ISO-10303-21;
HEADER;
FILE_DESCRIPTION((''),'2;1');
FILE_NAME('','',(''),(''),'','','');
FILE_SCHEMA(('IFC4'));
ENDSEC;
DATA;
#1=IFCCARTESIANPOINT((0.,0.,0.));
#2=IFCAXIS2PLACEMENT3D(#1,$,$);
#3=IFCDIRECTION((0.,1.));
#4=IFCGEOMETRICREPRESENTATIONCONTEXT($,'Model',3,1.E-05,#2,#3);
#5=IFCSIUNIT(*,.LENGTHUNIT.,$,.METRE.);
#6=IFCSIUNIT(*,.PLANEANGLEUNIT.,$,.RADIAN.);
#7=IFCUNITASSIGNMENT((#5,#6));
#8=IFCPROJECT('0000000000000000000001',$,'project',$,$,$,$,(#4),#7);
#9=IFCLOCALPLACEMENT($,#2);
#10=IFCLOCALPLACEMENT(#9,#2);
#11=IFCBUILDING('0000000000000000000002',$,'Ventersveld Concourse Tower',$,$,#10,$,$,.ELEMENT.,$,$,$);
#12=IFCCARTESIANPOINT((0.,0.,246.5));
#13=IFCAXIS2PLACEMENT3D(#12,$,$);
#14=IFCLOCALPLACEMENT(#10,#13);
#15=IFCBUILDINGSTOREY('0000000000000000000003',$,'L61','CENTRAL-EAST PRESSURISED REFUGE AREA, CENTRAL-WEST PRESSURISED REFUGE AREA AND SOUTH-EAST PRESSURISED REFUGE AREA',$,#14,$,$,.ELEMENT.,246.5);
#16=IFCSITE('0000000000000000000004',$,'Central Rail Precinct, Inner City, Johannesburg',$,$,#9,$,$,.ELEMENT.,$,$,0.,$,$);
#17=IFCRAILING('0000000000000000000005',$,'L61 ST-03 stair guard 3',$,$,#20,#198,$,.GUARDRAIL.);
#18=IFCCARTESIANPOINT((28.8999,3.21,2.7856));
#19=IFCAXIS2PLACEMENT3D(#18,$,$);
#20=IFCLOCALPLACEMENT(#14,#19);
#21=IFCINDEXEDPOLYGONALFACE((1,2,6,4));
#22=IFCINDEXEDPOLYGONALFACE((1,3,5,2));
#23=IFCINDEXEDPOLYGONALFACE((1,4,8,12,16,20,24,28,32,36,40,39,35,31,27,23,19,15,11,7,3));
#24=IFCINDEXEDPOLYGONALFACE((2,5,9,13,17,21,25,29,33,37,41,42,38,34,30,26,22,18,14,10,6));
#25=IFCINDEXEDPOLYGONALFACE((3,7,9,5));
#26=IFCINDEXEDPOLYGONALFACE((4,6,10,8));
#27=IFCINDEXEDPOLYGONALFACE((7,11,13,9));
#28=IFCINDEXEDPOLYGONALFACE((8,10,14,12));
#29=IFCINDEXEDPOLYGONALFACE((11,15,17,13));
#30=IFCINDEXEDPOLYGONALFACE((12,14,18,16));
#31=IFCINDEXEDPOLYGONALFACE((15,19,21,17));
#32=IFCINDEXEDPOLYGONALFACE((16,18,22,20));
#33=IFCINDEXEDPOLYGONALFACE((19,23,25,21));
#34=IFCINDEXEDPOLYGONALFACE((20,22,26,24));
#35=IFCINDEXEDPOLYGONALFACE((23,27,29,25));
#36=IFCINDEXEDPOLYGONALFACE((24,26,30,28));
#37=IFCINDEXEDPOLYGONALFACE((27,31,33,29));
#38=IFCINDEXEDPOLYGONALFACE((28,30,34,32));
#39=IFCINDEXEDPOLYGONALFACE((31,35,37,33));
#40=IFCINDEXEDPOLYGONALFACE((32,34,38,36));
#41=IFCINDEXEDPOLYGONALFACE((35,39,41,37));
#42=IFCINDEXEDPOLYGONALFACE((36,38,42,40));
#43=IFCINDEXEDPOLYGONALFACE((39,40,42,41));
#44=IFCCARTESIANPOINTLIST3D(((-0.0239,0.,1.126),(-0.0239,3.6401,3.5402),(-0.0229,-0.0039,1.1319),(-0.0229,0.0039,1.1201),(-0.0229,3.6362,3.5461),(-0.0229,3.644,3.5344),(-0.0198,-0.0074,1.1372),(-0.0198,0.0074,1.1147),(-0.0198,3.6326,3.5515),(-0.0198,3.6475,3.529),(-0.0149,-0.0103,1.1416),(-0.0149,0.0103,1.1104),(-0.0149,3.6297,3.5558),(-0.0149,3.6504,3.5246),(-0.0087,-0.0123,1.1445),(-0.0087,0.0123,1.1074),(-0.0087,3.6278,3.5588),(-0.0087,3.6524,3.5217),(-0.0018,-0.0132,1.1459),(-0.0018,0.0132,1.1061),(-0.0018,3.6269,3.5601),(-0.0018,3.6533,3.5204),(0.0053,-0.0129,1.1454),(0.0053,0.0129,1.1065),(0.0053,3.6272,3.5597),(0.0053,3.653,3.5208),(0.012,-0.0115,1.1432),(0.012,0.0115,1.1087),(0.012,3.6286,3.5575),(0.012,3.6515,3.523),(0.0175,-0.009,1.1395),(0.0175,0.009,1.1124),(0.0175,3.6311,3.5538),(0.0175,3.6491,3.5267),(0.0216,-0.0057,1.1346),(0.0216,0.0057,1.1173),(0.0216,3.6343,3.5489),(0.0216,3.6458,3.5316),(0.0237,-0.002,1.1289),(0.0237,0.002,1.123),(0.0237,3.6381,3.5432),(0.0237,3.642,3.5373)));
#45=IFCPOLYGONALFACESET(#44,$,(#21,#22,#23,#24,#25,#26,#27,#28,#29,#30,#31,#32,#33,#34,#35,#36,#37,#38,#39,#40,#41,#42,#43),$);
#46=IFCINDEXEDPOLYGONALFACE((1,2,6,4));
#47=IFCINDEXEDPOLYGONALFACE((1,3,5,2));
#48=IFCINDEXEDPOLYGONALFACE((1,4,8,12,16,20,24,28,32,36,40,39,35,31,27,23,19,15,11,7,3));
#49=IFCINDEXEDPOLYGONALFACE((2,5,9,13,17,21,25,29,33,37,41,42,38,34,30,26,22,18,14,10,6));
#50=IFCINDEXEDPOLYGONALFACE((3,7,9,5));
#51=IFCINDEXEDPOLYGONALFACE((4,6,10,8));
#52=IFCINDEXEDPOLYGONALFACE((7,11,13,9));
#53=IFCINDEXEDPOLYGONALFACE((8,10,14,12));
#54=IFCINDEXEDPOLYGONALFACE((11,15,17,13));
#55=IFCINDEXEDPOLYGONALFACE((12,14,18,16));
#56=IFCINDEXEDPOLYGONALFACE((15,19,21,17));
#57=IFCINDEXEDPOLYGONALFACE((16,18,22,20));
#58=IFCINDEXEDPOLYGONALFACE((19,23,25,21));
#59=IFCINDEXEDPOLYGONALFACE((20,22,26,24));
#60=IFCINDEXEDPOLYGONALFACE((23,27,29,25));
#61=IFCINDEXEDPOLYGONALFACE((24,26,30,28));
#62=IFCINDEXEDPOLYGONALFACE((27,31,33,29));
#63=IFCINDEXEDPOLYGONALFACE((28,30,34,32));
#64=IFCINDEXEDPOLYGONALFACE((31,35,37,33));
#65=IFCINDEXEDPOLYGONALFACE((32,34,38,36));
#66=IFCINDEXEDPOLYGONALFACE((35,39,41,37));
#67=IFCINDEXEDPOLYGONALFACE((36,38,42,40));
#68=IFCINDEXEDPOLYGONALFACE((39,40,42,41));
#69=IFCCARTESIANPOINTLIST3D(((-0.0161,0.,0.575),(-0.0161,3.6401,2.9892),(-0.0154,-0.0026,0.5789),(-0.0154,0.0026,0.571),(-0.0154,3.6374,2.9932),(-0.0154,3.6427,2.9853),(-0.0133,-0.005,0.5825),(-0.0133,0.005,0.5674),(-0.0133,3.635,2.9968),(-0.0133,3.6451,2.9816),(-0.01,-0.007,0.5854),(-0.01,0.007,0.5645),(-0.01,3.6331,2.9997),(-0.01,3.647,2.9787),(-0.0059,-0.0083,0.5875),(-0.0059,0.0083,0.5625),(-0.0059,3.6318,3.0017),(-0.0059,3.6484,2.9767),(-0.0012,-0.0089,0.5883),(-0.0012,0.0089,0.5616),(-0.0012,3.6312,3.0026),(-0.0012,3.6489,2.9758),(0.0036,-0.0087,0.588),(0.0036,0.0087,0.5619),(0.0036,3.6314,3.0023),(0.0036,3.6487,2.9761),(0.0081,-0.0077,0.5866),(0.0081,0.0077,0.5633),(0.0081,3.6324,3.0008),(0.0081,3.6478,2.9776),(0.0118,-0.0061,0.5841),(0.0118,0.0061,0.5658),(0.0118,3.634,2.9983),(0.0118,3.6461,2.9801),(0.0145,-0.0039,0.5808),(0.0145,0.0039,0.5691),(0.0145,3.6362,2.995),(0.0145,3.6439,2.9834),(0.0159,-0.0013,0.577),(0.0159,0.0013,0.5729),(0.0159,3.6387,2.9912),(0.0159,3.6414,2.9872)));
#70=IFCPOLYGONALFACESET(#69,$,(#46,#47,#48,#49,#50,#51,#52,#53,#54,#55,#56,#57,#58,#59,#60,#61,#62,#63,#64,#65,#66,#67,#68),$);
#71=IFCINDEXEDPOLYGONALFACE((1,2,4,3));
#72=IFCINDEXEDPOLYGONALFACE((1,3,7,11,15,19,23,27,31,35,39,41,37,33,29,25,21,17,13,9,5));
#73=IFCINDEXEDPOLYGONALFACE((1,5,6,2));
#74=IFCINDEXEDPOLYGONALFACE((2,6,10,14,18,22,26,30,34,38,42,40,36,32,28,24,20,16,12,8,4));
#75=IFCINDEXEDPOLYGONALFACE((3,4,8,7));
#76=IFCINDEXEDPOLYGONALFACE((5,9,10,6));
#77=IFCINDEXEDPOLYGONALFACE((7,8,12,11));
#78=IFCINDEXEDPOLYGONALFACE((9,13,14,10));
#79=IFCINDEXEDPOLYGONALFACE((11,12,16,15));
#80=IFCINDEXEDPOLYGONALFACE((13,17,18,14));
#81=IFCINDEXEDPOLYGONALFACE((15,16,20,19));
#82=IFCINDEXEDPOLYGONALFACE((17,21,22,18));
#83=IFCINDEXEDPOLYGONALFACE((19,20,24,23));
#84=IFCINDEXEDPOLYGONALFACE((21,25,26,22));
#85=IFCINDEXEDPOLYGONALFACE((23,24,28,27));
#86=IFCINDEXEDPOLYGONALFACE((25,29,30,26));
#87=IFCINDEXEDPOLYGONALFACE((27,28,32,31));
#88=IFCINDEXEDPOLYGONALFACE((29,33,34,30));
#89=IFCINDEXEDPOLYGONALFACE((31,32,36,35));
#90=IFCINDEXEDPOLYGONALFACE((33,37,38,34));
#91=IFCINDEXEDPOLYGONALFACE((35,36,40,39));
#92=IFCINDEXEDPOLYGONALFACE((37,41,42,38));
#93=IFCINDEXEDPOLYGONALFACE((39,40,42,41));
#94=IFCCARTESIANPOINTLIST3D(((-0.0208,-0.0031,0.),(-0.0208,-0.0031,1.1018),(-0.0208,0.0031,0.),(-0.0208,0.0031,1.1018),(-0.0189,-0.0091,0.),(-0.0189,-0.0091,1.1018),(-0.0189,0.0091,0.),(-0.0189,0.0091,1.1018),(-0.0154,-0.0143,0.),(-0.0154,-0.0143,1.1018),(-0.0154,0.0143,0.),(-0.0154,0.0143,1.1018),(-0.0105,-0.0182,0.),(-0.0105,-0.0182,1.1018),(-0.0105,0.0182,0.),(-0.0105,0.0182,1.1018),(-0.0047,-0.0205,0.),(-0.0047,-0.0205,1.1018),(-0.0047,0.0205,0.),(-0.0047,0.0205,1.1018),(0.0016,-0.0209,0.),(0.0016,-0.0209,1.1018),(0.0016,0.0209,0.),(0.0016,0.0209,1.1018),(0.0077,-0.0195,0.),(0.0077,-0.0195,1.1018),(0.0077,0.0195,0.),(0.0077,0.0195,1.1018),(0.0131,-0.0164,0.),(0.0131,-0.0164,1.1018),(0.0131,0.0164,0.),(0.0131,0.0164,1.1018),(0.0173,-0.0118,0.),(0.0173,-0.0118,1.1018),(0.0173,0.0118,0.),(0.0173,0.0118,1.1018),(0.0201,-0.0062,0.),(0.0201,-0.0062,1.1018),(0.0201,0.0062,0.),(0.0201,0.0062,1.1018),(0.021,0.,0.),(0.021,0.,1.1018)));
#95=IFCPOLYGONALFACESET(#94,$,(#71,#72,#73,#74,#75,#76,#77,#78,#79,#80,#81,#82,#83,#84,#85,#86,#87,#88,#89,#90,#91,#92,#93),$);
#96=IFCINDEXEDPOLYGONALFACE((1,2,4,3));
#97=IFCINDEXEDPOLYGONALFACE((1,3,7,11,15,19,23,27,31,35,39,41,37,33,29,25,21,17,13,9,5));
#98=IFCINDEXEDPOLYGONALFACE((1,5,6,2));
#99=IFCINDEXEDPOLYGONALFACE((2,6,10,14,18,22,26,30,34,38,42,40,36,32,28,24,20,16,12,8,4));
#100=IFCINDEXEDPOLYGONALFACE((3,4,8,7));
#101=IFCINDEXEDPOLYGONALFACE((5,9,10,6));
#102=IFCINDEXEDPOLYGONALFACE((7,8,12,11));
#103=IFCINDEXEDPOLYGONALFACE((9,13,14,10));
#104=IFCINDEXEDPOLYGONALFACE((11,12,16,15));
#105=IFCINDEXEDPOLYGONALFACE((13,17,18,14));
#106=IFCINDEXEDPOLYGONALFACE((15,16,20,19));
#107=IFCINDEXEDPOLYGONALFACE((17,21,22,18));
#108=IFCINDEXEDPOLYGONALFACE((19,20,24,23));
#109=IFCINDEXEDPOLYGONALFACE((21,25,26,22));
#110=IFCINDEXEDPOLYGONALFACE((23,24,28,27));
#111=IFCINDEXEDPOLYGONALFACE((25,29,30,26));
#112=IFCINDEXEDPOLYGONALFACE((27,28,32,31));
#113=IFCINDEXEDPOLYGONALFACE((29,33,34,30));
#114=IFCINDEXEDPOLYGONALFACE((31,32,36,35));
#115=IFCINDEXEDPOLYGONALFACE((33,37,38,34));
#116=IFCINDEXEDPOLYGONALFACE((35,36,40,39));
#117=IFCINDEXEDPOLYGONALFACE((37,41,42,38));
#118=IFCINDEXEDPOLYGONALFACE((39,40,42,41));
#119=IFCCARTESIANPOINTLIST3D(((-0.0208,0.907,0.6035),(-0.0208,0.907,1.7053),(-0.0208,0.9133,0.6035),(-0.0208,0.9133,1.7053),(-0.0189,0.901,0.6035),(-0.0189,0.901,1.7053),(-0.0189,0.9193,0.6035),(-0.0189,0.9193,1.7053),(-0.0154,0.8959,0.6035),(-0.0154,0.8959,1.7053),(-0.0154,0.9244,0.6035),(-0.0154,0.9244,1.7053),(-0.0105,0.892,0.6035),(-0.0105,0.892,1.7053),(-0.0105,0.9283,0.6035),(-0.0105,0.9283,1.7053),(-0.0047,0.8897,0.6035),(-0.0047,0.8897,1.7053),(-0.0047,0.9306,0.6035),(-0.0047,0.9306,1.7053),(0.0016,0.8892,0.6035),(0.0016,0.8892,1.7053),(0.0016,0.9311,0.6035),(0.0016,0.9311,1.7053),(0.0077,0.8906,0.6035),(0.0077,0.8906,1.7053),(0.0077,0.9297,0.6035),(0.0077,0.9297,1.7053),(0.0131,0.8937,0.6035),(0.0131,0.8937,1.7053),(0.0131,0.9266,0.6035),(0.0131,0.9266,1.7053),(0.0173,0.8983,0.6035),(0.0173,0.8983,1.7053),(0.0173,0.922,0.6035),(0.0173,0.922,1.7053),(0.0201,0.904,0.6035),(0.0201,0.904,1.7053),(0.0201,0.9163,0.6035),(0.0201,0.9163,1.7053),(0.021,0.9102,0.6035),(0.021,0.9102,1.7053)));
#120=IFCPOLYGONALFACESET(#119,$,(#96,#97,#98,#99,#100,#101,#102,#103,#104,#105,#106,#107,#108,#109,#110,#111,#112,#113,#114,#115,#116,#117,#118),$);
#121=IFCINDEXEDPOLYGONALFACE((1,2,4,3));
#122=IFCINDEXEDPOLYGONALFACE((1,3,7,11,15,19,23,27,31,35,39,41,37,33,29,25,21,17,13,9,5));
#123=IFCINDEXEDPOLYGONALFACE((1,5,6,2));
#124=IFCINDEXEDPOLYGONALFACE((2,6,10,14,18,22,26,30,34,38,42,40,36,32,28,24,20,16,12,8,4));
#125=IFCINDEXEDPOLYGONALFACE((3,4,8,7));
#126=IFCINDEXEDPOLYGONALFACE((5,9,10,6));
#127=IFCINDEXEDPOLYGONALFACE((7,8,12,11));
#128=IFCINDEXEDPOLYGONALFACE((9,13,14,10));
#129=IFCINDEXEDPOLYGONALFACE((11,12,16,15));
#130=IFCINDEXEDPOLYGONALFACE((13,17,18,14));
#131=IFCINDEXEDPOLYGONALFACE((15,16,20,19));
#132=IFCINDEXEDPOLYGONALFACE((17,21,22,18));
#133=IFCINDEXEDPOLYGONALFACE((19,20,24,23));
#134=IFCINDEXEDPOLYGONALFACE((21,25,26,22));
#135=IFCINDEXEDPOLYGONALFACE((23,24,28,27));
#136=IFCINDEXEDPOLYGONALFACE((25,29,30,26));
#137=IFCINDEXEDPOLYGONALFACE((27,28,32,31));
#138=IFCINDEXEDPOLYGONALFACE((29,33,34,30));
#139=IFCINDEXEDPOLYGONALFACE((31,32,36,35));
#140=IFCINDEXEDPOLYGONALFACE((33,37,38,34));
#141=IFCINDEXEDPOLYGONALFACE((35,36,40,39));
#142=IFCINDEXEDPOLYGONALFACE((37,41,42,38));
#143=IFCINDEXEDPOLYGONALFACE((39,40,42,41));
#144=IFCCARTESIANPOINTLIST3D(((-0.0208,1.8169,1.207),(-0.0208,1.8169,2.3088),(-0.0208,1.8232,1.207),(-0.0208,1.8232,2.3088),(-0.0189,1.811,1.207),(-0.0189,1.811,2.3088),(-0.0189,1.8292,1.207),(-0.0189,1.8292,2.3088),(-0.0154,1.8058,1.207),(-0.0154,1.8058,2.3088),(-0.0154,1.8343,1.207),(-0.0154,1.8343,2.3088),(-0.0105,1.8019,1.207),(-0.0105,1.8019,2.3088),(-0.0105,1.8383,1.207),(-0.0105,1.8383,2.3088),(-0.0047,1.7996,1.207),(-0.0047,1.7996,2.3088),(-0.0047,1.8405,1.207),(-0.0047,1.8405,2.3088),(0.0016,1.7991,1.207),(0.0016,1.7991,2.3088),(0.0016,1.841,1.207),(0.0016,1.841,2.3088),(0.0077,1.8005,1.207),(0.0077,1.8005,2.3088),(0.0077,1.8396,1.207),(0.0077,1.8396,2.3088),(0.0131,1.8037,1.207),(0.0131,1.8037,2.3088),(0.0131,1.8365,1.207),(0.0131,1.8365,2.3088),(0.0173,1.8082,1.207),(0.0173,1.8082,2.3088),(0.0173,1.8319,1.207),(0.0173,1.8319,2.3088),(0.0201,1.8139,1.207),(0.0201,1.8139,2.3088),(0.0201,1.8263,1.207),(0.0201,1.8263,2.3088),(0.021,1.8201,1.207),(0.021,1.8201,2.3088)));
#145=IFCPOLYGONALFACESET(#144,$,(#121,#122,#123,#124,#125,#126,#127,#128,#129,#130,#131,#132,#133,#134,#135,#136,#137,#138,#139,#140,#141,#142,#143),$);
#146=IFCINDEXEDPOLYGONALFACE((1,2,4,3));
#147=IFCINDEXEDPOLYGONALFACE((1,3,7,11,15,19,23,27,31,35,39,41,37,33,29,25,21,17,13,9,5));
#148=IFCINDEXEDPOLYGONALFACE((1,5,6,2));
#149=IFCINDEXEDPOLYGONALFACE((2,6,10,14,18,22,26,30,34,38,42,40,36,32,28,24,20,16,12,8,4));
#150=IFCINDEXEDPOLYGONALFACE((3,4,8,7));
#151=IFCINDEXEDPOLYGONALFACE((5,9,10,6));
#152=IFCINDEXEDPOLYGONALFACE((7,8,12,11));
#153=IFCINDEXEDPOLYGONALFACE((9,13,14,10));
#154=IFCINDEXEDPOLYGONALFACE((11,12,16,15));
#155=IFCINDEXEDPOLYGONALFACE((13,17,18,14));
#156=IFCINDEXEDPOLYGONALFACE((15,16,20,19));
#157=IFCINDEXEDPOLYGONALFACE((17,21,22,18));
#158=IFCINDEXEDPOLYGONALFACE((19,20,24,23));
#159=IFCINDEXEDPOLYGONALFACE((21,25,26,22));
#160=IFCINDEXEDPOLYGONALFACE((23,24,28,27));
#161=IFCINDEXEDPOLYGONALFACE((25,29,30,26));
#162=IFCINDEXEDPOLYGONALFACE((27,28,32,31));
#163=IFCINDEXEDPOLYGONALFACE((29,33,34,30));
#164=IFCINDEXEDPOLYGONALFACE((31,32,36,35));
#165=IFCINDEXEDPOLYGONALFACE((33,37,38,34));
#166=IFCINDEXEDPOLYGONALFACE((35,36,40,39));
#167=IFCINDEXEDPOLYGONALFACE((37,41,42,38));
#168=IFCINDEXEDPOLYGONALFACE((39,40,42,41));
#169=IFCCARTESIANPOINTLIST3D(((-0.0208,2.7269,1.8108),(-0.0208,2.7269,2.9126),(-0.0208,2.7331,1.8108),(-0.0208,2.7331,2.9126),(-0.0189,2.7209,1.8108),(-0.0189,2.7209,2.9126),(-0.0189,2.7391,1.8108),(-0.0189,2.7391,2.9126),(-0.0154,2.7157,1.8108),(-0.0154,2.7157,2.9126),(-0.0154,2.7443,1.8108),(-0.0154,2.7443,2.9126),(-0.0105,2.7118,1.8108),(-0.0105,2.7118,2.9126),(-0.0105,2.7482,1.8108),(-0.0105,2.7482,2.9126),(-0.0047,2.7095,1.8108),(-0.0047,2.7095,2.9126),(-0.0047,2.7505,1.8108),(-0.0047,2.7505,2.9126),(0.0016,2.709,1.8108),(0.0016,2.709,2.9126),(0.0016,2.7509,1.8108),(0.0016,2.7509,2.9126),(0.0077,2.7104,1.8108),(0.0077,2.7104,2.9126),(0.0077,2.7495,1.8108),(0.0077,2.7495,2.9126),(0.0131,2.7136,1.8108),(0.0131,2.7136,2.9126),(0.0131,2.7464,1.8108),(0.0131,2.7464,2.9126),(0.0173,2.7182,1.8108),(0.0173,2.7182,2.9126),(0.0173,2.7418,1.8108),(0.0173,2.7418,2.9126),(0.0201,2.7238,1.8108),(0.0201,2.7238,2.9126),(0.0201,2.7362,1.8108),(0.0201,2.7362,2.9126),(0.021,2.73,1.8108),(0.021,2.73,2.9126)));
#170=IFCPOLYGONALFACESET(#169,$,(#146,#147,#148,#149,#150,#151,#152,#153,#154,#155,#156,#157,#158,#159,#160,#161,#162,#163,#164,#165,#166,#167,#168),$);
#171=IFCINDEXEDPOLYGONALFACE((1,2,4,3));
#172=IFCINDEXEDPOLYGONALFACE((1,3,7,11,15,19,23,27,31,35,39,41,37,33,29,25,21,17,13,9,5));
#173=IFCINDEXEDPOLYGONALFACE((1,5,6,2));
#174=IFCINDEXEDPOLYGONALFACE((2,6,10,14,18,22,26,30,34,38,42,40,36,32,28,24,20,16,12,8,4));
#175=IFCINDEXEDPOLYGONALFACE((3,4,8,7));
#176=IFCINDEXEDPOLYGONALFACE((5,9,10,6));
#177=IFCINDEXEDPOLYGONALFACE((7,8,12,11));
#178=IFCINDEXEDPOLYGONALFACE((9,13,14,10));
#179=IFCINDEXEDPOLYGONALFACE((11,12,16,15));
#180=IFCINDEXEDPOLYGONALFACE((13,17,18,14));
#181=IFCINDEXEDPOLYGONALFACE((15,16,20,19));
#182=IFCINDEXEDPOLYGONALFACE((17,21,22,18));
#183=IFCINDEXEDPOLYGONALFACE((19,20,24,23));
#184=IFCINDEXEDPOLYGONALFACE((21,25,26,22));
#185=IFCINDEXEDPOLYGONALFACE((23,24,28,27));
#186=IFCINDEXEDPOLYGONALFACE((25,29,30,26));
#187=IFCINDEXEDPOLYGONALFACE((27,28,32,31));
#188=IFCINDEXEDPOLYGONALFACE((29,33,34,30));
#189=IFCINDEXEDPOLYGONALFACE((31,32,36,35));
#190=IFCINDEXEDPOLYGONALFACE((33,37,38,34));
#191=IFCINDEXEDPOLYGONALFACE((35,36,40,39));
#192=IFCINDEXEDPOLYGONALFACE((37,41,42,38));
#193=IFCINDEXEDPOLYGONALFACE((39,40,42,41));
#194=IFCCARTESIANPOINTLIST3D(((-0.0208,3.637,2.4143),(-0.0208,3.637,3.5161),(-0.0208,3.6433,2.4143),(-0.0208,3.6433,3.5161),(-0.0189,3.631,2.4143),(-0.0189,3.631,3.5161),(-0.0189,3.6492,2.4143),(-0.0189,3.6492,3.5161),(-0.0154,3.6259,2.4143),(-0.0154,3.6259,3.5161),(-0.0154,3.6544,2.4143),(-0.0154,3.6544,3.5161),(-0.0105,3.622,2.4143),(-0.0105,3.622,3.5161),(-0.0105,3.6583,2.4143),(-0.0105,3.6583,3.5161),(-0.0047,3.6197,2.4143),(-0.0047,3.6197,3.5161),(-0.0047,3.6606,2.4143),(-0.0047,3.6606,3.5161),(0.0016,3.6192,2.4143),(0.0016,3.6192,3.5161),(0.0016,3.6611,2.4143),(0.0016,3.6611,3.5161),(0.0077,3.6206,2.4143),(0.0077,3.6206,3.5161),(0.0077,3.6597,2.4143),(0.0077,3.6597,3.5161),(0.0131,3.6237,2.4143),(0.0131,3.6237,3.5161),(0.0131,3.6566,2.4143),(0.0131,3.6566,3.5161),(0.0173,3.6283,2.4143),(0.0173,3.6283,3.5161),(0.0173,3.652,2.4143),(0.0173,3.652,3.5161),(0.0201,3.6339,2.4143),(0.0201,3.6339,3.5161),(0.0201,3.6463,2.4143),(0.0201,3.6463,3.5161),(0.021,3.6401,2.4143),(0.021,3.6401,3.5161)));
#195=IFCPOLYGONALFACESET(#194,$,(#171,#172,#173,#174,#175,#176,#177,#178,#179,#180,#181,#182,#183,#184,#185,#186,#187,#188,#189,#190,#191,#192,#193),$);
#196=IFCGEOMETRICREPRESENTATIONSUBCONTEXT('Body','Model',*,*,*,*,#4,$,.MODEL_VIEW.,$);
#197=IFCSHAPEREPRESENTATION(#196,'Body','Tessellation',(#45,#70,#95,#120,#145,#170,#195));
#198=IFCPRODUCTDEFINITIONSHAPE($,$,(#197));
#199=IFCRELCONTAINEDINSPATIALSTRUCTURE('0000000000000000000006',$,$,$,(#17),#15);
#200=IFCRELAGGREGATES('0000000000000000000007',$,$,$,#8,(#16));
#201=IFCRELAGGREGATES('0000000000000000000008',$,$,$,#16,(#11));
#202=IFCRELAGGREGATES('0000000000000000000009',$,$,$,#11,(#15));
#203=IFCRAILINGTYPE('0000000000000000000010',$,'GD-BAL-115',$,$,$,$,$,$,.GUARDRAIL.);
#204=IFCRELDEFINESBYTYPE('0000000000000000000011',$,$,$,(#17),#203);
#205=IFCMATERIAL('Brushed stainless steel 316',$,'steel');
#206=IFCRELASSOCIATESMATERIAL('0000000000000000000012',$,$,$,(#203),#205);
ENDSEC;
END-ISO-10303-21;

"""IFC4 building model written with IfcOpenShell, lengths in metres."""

from ifc_helpers import new_model, si_unit, direction, frame, origin, origin_2d, place, context, subcontext, project, spatial, circle, extrude, material, type_object, element, save


model = new_model("IFC4")

# Units and contexts
model_context = context("Model", 3, precision=1e-05, world=origin(), true_north=direction((0.0, 1.0)))
body_context = subcontext(model_context, "Body", "Model", "MODEL_VIEW")
ifc_project = project(units=[si_unit("LENGTHUNIT", "METRE"), si_unit("PLANEANGLEUNIT", "RADIAN")], contexts=[model_context])

# Site, building, storey
site_placement = place(None, origin())
site = spatial("IfcSite", under=ifc_project, at=site_placement, Name="Central Rail Precinct, Inner City, Johannesburg", CompositionType="ELEMENT", RefElevation=0.0)
building_placement = place(site_placement, origin())
building = spatial("IfcBuilding", under=site, at=building_placement, Name="Ventersveld Concourse Tower", CompositionType="ELEMENT")
storey_placement = place(building_placement, frame((0.0, 0.0, 246.5)))
storey = spatial("IfcBuildingStorey", under=building, at=storey_placement, Name="L61", Description="CENTRAL-EAST PRESSURISED REFUGE AREA, CENTRAL-WEST PRESSURISED REFUGE AREA AND SOUTH-EAST PRESSURISED REFUGE AREA", CompositionType="ELEMENT", Elevation=246.5)

# Railing
ifc_material_1 = material(Name="Brushed stainless steel 316", Category="steel")
railing_type_1 = type_object("IfcRailingType", Name="GD-BAL-115", PredefinedType="GUARDRAIL", material=ifc_material_1)
railing_1_placement = place(storey_placement, frame((28.8999, 3.21, 2.7856)))
element("IfcRailing", 1, at=railing_1_placement, inside=storey, type_object=railing_type_1, Name="L61 ST-03 stair guard 3", PredefinedType="GUARDRAIL", context=body_context, shape_type="SweptSolid", body=[
    extrude(circle(Radius=0.0239, at=origin_2d()), frame((0.0, 0.0, 1.126), z_axis=(0.0, 0.833364, 0.552725), x_axis=(-1.0, 0.0, 0.0)), (0.0, 0.0, 1.0), 4.3679),
    extrude(circle(Radius=0.0161, at=origin_2d()), frame((0.0, 0.0, 0.575), z_axis=(0.0, 0.833364, 0.552725), x_axis=(-1.0, 0.0, 0.0)), (0.0, 0.0, 1.0), 4.3679),
    extrude(circle(Radius=0.021, at=origin_2d()), origin(), (0.0, 0.0, 1.0), 1.1018),
    extrude(circle(Radius=0.021, at=origin_2d()), frame((0.0, 0.9102, 0.6035)), (0.0, 0.0, 1.0), 1.1018),
    extrude(circle(Radius=0.021, at=origin_2d()), frame((0.0, 1.8201, 1.207)), (0.0, 0.0, 1.0), 1.1018),
    extrude(circle(Radius=0.021, at=origin_2d()), frame((0.0, 2.73, 1.8108)), (0.0, 0.0, 1.0), 1.1018),
    extrude(circle(Radius=0.021, at=origin_2d()), frame((0.0, 3.6401, 2.4143)), (0.0, 0.0, 1.0), 1.1018),
])

save(model, "model.ifc")
